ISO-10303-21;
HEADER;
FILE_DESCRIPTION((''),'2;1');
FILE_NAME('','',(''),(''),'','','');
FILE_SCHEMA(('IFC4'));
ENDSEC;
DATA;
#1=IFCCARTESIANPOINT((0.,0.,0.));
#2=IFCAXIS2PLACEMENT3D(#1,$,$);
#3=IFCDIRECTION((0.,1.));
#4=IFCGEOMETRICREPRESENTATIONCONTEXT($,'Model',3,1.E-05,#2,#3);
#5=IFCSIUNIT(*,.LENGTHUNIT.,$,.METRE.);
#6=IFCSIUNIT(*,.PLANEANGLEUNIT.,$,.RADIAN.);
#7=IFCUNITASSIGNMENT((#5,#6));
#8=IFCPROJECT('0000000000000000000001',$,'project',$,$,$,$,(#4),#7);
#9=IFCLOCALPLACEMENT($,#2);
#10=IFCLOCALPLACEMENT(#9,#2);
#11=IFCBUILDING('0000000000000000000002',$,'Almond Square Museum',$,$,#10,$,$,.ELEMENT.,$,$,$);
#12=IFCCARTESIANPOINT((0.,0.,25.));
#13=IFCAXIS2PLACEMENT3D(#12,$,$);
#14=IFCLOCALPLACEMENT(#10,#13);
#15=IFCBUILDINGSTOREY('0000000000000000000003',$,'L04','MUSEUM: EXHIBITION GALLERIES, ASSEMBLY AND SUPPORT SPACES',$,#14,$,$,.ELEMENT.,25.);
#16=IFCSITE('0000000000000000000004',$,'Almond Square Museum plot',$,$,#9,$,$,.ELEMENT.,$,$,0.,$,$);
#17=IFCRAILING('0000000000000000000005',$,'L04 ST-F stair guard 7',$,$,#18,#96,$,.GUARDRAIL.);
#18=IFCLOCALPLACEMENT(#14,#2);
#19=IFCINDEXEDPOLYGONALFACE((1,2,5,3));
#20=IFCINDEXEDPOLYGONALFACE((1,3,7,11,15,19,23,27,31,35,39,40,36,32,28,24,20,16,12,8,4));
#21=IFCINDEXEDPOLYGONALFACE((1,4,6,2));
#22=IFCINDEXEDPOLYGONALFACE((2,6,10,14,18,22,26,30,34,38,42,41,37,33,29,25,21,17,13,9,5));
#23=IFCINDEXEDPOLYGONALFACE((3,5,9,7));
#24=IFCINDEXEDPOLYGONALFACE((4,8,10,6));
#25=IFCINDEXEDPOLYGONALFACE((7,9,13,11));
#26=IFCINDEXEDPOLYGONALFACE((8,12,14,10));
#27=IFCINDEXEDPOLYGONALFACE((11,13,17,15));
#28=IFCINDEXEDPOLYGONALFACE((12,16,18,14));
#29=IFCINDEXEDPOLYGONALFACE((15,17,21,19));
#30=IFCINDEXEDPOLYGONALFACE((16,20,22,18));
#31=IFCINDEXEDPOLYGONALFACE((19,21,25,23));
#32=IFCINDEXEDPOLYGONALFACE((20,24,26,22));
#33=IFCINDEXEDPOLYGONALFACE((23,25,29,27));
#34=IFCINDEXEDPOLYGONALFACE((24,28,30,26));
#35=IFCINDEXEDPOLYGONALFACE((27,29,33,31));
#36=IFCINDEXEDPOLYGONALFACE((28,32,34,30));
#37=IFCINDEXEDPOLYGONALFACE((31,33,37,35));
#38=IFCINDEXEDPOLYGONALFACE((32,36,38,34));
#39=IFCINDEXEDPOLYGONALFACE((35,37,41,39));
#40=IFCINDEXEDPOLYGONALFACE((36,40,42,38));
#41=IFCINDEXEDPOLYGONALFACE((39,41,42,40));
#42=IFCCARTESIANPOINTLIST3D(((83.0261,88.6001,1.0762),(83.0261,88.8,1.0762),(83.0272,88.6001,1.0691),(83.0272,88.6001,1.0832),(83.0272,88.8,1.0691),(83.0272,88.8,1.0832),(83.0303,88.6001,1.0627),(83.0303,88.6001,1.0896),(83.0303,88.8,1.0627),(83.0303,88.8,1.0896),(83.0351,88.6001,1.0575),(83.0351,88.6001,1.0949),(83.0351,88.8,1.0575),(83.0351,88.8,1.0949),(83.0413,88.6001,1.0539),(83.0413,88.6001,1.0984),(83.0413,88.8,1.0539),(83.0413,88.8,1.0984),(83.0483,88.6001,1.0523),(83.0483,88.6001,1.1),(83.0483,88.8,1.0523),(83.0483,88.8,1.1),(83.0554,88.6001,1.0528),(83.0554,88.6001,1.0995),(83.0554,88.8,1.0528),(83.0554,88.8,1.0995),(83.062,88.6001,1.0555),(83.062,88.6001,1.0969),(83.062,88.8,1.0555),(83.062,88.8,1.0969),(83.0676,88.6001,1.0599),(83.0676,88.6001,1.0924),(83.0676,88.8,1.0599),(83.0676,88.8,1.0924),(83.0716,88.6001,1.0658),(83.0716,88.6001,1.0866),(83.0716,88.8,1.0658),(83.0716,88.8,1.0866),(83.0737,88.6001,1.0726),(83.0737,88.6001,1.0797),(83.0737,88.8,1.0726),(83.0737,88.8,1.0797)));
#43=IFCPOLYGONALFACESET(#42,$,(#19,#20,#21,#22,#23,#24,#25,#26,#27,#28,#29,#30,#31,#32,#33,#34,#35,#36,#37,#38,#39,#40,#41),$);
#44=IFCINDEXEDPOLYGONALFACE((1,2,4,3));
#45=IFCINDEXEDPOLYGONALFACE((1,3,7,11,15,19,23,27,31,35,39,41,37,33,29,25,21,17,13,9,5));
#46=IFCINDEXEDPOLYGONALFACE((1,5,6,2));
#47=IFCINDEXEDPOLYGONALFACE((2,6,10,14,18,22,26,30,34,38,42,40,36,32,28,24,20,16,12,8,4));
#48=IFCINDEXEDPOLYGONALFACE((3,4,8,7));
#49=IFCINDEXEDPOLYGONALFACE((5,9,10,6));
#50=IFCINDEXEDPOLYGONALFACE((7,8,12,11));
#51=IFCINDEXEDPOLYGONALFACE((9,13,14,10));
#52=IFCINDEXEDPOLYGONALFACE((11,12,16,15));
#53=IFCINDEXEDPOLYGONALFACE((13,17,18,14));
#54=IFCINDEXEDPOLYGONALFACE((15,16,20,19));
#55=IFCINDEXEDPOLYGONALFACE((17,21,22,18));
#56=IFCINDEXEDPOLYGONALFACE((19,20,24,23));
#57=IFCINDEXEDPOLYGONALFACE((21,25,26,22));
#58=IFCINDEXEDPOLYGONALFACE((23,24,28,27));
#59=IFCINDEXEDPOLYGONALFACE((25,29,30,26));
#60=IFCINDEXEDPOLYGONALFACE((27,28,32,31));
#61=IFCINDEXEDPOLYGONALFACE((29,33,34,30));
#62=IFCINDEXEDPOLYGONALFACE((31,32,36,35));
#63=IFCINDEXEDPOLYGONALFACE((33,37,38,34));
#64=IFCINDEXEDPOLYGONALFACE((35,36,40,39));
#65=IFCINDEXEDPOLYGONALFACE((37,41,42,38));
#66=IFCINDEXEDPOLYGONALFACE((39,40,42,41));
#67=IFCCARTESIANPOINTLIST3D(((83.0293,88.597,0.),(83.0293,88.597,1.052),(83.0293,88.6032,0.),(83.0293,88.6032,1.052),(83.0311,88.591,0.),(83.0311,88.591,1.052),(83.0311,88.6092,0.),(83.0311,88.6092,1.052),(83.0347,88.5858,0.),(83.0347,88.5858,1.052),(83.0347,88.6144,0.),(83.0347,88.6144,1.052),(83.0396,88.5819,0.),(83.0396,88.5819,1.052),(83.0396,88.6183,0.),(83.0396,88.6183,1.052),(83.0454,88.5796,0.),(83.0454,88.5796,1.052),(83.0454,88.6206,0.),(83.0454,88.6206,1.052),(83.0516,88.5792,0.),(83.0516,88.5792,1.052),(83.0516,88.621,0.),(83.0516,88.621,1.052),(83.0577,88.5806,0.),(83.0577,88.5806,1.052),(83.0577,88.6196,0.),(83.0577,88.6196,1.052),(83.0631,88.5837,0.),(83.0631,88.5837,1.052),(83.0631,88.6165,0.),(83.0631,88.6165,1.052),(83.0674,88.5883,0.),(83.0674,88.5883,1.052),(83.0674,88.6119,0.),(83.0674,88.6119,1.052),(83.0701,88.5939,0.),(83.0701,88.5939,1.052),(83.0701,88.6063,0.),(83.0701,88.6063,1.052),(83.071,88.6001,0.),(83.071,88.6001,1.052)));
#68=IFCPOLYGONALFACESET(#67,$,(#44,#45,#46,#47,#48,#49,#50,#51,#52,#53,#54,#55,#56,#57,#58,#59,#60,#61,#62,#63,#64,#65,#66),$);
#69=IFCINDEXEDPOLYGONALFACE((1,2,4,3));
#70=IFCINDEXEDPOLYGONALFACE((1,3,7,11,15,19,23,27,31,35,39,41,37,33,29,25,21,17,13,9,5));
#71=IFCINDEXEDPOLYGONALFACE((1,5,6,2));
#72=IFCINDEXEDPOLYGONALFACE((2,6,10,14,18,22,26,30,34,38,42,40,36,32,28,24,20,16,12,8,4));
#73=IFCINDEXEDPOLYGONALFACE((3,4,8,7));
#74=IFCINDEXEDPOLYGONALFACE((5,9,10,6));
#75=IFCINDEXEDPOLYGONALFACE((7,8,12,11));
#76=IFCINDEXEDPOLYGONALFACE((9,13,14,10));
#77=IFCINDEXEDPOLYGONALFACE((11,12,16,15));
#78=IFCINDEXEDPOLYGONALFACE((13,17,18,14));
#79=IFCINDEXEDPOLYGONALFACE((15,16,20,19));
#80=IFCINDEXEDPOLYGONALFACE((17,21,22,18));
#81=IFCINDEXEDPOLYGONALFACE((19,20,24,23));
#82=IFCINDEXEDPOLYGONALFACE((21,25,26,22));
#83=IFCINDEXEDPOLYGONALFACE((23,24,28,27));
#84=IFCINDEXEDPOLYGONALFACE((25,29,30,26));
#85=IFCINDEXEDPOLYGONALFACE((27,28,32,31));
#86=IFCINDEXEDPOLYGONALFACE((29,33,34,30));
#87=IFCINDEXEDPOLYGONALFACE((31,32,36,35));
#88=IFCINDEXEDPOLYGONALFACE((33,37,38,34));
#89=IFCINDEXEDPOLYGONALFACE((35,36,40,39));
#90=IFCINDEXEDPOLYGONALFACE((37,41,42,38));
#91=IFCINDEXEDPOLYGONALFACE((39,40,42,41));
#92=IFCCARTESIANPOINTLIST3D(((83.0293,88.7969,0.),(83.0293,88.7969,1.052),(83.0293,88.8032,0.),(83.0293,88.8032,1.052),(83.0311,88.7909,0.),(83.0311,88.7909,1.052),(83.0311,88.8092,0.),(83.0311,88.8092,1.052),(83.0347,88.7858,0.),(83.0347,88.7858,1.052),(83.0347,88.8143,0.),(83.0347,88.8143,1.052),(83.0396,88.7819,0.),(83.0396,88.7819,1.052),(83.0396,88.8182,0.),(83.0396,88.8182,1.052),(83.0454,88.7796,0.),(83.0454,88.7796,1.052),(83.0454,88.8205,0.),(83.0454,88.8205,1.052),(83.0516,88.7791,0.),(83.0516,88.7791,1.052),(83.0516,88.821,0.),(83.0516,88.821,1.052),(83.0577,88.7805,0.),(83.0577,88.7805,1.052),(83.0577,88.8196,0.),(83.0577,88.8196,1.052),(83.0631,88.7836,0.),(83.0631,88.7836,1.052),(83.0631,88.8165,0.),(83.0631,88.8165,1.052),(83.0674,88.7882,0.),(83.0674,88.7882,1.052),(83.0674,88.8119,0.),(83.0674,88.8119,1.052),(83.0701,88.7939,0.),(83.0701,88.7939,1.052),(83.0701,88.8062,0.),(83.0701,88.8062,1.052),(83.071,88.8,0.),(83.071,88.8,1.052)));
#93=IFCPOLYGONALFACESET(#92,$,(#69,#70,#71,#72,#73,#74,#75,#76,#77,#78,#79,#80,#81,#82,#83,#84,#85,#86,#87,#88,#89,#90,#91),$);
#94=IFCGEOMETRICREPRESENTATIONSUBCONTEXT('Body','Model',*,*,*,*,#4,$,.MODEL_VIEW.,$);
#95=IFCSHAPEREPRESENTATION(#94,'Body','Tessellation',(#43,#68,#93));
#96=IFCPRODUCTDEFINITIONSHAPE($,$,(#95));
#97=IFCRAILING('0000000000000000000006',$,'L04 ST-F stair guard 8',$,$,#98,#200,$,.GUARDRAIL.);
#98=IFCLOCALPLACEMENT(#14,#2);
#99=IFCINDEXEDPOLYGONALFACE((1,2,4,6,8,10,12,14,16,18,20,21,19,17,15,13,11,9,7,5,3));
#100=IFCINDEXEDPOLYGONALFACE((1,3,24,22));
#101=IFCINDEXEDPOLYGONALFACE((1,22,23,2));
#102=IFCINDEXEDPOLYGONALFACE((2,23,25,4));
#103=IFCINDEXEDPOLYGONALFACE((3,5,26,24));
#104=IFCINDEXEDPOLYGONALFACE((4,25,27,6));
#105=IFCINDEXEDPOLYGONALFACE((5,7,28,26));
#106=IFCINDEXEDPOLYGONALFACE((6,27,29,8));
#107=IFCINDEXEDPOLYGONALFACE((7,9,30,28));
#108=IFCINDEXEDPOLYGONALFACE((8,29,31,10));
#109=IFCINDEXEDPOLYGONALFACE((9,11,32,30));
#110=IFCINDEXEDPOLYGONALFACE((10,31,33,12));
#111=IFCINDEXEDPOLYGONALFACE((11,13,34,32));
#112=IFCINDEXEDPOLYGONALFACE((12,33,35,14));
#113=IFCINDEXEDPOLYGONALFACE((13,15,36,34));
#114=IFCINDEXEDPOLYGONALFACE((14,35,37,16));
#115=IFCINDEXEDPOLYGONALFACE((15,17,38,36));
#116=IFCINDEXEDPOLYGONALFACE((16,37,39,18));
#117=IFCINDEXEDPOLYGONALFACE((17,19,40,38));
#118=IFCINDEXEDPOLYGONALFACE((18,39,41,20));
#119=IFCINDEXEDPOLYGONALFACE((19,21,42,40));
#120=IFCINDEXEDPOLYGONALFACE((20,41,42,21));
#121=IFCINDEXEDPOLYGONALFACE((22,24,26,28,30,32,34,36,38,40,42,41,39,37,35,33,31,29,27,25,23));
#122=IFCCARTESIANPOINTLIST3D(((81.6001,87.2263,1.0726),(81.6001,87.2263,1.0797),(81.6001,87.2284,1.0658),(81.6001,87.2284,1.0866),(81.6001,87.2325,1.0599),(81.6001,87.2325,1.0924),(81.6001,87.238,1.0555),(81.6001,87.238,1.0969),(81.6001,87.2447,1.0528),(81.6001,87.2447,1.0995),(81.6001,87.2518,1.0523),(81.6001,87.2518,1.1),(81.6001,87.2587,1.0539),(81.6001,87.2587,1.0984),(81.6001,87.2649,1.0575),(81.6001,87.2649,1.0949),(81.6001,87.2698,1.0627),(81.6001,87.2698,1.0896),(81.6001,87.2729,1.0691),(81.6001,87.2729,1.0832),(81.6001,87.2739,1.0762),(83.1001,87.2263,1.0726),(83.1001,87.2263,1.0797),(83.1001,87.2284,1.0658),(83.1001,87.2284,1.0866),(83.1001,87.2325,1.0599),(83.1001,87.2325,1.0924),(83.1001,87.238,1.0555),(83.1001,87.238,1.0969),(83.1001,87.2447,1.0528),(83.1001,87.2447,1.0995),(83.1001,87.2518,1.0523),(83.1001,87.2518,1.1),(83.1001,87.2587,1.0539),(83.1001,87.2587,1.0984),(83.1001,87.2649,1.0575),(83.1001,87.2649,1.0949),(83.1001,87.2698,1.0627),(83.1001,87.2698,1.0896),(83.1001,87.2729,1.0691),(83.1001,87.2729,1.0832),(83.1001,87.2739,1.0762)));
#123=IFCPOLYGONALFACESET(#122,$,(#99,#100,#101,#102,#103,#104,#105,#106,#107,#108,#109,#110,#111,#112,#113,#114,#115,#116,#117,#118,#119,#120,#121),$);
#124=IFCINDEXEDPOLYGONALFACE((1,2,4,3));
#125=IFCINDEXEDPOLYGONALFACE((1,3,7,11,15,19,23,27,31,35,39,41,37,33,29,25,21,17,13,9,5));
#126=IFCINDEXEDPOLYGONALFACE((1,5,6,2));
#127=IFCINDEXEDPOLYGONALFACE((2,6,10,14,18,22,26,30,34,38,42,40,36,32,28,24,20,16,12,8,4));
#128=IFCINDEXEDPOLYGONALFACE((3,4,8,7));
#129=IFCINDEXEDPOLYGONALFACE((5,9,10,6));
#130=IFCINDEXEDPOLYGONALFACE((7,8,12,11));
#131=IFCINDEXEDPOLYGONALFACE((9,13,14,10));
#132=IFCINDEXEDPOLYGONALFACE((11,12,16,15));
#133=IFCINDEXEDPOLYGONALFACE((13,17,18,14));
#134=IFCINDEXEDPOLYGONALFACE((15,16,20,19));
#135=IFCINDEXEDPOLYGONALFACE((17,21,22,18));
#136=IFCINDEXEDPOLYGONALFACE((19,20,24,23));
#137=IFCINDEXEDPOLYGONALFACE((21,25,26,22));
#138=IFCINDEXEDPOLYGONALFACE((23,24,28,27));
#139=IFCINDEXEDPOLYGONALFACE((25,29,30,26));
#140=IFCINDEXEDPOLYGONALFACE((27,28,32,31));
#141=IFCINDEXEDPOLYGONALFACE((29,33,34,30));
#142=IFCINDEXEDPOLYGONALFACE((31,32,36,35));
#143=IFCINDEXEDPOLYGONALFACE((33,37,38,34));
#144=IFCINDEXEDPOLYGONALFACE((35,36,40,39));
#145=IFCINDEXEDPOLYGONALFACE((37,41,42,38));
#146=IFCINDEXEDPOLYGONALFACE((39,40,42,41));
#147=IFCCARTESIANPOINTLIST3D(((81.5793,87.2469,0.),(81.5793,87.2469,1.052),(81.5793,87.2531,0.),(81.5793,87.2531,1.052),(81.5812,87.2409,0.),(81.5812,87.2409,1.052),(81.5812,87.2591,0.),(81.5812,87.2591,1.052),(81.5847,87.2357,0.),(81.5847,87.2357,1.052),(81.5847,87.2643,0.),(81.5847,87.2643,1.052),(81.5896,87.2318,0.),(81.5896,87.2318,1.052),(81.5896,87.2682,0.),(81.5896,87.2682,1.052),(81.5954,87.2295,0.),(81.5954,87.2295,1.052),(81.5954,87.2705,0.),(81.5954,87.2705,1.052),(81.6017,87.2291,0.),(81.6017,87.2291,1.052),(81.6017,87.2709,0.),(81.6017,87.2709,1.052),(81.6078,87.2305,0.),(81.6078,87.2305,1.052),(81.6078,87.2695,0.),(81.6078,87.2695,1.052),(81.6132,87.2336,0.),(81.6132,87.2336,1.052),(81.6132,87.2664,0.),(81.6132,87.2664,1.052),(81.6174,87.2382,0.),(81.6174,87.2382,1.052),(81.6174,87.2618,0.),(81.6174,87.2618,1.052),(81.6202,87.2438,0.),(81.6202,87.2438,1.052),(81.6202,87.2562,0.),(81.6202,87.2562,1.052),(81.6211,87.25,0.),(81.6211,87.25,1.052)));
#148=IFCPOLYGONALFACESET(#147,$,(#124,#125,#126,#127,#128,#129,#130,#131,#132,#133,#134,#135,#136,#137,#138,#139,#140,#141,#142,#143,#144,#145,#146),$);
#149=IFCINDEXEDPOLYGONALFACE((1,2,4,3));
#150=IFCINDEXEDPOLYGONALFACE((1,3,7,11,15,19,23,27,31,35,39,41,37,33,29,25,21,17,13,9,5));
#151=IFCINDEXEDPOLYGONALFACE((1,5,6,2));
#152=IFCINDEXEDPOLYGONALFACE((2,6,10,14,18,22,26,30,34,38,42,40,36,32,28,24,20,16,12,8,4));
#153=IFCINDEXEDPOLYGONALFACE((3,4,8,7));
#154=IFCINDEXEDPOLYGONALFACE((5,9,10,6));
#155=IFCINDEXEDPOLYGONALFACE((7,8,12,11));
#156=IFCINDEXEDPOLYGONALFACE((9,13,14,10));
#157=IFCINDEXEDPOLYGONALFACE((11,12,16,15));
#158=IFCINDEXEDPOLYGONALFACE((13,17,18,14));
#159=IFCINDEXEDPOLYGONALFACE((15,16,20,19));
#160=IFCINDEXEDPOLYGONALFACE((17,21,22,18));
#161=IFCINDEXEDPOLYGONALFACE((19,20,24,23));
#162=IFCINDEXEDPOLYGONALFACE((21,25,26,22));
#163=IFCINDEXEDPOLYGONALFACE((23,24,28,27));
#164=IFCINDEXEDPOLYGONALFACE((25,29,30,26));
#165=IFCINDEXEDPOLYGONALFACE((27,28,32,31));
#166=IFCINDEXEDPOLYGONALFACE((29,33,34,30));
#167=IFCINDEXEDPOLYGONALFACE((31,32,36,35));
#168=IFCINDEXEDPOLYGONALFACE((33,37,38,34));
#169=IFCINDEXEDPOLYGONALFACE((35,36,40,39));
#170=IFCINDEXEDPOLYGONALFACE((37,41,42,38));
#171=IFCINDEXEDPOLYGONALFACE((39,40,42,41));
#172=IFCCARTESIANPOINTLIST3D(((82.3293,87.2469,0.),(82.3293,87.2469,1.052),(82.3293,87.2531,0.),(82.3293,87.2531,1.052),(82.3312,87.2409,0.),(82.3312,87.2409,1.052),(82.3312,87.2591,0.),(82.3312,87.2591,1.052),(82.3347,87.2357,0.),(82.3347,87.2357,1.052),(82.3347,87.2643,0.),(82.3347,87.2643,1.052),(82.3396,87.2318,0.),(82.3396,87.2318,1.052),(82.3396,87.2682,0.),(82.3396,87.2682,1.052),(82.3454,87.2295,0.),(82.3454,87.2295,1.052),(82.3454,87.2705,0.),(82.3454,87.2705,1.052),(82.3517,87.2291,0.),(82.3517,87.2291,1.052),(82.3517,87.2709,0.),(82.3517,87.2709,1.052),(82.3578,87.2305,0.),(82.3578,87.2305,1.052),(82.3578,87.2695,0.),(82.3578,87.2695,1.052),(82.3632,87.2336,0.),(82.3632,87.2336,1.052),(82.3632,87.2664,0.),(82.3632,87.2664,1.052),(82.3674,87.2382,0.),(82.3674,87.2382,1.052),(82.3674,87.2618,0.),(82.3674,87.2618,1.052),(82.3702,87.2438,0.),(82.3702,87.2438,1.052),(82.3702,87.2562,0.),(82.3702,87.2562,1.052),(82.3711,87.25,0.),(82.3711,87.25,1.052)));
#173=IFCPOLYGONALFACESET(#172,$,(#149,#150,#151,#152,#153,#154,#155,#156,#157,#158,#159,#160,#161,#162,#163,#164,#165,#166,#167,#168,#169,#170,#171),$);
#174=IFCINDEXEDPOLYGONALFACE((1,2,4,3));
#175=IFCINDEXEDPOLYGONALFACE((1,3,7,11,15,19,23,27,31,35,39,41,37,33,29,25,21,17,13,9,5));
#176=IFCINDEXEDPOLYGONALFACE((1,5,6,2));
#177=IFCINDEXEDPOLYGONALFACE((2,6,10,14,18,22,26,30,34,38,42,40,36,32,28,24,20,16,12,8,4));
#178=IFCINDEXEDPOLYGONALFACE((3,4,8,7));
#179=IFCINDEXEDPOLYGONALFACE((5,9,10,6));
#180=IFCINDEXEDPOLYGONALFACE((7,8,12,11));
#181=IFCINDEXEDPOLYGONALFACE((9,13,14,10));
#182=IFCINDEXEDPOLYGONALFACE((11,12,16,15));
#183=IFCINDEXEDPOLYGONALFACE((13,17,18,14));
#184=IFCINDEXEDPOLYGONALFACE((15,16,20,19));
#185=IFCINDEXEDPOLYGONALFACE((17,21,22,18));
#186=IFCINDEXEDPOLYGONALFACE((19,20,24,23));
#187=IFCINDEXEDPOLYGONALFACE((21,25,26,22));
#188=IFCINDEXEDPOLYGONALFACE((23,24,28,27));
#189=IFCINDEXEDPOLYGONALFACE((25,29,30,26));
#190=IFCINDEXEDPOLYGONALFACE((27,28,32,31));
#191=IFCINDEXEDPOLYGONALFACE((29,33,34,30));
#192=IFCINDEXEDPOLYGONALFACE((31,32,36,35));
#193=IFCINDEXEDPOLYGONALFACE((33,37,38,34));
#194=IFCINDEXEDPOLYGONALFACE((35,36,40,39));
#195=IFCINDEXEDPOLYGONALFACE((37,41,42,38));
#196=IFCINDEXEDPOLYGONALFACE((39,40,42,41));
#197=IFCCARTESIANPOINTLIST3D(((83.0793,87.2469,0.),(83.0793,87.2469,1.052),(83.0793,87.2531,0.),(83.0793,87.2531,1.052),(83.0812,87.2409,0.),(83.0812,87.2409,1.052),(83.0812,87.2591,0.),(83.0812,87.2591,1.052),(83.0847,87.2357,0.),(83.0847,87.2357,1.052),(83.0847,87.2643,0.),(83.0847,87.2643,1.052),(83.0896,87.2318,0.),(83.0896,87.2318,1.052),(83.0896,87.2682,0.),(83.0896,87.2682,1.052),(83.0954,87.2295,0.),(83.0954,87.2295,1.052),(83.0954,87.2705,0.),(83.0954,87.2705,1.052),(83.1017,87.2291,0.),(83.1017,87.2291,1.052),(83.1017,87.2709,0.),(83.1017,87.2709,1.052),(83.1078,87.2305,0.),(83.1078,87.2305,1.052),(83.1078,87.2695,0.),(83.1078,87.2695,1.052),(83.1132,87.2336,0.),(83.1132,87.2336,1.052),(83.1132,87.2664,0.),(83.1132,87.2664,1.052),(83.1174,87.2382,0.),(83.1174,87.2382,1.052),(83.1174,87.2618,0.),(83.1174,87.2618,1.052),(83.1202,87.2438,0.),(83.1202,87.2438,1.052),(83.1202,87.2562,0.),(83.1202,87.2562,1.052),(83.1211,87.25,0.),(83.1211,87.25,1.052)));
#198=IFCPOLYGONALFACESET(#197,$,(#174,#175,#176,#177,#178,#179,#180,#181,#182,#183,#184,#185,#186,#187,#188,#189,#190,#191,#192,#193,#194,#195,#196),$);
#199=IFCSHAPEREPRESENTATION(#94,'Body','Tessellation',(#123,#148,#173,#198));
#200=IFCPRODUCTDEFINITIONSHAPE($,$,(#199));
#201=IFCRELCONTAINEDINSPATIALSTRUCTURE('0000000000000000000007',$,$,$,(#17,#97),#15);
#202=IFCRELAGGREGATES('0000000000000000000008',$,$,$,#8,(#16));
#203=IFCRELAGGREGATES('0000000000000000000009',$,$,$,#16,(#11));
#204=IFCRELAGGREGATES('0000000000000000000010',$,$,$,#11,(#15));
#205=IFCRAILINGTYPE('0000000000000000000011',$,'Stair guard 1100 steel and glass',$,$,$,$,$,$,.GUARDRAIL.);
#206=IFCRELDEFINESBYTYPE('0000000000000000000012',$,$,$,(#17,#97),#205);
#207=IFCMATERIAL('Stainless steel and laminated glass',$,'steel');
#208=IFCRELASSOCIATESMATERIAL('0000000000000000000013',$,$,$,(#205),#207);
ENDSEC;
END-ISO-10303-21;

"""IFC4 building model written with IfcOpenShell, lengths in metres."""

from ifc_helpers import new_model, si_unit, direction, frame, origin, origin_2d, place, context, subcontext, project, spatial, circle, extrude, material, type_object, element, save


model = new_model("IFC4")

# Units and contexts
model_context = context("Model", 3, precision=1e-05, world=origin(), true_north=direction((0.0, 1.0)))
body_context = subcontext(model_context, "Body", "Model", "MODEL_VIEW")
ifc_project = project(units=[si_unit("LENGTHUNIT", "METRE"), si_unit("PLANEANGLEUNIT", "RADIAN")], contexts=[model_context])

# Site, building, storey
site_placement = place(None, origin())
site = spatial("IfcSite", under=ifc_project, at=site_placement, Name="Almond Square Museum plot", CompositionType="ELEMENT", RefElevation=0.0)
building_placement = place(site_placement, origin())
building = spatial("IfcBuilding", under=site, at=building_placement, Name="Almond Square Museum", CompositionType="ELEMENT")
storey_placement = place(building_placement, frame((0.0, 0.0, 25.0)))
storey = spatial("IfcBuildingStorey", under=building, at=storey_placement, Name="L04", Description="MUSEUM: EXHIBITION GALLERIES, ASSEMBLY AND SUPPORT SPACES", CompositionType="ELEMENT", Elevation=25.0)

# Railings
ifc_material_1 = material(Name="Stainless steel and laminated glass", Category="steel")
railing_type_1 = type_object("IfcRailingType", Name="Stair guard 1100 steel and glass", PredefinedType="GUARDRAIL", material=ifc_material_1)
railing_1_placement = place(storey_placement, frame((83.05, 88.6001, 0.0)))
element("IfcRailing", 1, at=railing_1_placement, inside=storey, type_object=railing_type_1, Name="L04 ST-F stair guard 7", PredefinedType="GUARDRAIL", context=body_context, shape_type="SweptSolid", body=[
    extrude(circle(Radius=0.0239, at=origin_2d()), frame((0.0, 0.0, 1.0762), z_axis=(0.0, 1.0, 0.0), x_axis=(-1.0, 0.0, 0.0)), (0.0, 0.0, 1.0), 0.2),
    extrude(circle(Radius=0.021, at=origin_2d()), origin(), (0.0, 0.0, 1.0), 1.052),
    extrude(circle(Radius=0.021, at=origin_2d()), frame((0.0, 0.2, 0.0)), (0.0, 0.0, 1.0), 1.052),
])
for number, where, name in (
    (2, (81.6001, 87.25, 0.0), "L04 ST-F stair guard 8"),
):
    element("IfcRailing", number, at=place(storey_placement, frame(where)), inside=storey, type_object=railing_type_1, Name=name, PredefinedType="GUARDRAIL", context=body_context, shape_type="SweptSolid", body=[
        extrude(circle(Radius=0.0239, at=origin_2d()), frame((0.0, 0.0, 1.0762), z_axis=(1.0, 0.0, 0.0), x_axis=(0.0, 1.0, 0.0)), (0.0, 0.0, 1.0), 1.5),
        extrude(circle(Radius=0.021, at=origin_2d()), origin(), (0.0, 0.0, 1.0), 1.052),
        extrude(circle(Radius=0.021, at=origin_2d()), frame((0.75, 0.0, 0.0)), (0.0, 0.0, 1.0), 1.052),
        extrude(circle(Radius=0.021, at=origin_2d()), frame((1.5, 0.0, 0.0)), (0.0, 0.0, 1.0), 1.052),
    ])

save(model, "model.ifc")
